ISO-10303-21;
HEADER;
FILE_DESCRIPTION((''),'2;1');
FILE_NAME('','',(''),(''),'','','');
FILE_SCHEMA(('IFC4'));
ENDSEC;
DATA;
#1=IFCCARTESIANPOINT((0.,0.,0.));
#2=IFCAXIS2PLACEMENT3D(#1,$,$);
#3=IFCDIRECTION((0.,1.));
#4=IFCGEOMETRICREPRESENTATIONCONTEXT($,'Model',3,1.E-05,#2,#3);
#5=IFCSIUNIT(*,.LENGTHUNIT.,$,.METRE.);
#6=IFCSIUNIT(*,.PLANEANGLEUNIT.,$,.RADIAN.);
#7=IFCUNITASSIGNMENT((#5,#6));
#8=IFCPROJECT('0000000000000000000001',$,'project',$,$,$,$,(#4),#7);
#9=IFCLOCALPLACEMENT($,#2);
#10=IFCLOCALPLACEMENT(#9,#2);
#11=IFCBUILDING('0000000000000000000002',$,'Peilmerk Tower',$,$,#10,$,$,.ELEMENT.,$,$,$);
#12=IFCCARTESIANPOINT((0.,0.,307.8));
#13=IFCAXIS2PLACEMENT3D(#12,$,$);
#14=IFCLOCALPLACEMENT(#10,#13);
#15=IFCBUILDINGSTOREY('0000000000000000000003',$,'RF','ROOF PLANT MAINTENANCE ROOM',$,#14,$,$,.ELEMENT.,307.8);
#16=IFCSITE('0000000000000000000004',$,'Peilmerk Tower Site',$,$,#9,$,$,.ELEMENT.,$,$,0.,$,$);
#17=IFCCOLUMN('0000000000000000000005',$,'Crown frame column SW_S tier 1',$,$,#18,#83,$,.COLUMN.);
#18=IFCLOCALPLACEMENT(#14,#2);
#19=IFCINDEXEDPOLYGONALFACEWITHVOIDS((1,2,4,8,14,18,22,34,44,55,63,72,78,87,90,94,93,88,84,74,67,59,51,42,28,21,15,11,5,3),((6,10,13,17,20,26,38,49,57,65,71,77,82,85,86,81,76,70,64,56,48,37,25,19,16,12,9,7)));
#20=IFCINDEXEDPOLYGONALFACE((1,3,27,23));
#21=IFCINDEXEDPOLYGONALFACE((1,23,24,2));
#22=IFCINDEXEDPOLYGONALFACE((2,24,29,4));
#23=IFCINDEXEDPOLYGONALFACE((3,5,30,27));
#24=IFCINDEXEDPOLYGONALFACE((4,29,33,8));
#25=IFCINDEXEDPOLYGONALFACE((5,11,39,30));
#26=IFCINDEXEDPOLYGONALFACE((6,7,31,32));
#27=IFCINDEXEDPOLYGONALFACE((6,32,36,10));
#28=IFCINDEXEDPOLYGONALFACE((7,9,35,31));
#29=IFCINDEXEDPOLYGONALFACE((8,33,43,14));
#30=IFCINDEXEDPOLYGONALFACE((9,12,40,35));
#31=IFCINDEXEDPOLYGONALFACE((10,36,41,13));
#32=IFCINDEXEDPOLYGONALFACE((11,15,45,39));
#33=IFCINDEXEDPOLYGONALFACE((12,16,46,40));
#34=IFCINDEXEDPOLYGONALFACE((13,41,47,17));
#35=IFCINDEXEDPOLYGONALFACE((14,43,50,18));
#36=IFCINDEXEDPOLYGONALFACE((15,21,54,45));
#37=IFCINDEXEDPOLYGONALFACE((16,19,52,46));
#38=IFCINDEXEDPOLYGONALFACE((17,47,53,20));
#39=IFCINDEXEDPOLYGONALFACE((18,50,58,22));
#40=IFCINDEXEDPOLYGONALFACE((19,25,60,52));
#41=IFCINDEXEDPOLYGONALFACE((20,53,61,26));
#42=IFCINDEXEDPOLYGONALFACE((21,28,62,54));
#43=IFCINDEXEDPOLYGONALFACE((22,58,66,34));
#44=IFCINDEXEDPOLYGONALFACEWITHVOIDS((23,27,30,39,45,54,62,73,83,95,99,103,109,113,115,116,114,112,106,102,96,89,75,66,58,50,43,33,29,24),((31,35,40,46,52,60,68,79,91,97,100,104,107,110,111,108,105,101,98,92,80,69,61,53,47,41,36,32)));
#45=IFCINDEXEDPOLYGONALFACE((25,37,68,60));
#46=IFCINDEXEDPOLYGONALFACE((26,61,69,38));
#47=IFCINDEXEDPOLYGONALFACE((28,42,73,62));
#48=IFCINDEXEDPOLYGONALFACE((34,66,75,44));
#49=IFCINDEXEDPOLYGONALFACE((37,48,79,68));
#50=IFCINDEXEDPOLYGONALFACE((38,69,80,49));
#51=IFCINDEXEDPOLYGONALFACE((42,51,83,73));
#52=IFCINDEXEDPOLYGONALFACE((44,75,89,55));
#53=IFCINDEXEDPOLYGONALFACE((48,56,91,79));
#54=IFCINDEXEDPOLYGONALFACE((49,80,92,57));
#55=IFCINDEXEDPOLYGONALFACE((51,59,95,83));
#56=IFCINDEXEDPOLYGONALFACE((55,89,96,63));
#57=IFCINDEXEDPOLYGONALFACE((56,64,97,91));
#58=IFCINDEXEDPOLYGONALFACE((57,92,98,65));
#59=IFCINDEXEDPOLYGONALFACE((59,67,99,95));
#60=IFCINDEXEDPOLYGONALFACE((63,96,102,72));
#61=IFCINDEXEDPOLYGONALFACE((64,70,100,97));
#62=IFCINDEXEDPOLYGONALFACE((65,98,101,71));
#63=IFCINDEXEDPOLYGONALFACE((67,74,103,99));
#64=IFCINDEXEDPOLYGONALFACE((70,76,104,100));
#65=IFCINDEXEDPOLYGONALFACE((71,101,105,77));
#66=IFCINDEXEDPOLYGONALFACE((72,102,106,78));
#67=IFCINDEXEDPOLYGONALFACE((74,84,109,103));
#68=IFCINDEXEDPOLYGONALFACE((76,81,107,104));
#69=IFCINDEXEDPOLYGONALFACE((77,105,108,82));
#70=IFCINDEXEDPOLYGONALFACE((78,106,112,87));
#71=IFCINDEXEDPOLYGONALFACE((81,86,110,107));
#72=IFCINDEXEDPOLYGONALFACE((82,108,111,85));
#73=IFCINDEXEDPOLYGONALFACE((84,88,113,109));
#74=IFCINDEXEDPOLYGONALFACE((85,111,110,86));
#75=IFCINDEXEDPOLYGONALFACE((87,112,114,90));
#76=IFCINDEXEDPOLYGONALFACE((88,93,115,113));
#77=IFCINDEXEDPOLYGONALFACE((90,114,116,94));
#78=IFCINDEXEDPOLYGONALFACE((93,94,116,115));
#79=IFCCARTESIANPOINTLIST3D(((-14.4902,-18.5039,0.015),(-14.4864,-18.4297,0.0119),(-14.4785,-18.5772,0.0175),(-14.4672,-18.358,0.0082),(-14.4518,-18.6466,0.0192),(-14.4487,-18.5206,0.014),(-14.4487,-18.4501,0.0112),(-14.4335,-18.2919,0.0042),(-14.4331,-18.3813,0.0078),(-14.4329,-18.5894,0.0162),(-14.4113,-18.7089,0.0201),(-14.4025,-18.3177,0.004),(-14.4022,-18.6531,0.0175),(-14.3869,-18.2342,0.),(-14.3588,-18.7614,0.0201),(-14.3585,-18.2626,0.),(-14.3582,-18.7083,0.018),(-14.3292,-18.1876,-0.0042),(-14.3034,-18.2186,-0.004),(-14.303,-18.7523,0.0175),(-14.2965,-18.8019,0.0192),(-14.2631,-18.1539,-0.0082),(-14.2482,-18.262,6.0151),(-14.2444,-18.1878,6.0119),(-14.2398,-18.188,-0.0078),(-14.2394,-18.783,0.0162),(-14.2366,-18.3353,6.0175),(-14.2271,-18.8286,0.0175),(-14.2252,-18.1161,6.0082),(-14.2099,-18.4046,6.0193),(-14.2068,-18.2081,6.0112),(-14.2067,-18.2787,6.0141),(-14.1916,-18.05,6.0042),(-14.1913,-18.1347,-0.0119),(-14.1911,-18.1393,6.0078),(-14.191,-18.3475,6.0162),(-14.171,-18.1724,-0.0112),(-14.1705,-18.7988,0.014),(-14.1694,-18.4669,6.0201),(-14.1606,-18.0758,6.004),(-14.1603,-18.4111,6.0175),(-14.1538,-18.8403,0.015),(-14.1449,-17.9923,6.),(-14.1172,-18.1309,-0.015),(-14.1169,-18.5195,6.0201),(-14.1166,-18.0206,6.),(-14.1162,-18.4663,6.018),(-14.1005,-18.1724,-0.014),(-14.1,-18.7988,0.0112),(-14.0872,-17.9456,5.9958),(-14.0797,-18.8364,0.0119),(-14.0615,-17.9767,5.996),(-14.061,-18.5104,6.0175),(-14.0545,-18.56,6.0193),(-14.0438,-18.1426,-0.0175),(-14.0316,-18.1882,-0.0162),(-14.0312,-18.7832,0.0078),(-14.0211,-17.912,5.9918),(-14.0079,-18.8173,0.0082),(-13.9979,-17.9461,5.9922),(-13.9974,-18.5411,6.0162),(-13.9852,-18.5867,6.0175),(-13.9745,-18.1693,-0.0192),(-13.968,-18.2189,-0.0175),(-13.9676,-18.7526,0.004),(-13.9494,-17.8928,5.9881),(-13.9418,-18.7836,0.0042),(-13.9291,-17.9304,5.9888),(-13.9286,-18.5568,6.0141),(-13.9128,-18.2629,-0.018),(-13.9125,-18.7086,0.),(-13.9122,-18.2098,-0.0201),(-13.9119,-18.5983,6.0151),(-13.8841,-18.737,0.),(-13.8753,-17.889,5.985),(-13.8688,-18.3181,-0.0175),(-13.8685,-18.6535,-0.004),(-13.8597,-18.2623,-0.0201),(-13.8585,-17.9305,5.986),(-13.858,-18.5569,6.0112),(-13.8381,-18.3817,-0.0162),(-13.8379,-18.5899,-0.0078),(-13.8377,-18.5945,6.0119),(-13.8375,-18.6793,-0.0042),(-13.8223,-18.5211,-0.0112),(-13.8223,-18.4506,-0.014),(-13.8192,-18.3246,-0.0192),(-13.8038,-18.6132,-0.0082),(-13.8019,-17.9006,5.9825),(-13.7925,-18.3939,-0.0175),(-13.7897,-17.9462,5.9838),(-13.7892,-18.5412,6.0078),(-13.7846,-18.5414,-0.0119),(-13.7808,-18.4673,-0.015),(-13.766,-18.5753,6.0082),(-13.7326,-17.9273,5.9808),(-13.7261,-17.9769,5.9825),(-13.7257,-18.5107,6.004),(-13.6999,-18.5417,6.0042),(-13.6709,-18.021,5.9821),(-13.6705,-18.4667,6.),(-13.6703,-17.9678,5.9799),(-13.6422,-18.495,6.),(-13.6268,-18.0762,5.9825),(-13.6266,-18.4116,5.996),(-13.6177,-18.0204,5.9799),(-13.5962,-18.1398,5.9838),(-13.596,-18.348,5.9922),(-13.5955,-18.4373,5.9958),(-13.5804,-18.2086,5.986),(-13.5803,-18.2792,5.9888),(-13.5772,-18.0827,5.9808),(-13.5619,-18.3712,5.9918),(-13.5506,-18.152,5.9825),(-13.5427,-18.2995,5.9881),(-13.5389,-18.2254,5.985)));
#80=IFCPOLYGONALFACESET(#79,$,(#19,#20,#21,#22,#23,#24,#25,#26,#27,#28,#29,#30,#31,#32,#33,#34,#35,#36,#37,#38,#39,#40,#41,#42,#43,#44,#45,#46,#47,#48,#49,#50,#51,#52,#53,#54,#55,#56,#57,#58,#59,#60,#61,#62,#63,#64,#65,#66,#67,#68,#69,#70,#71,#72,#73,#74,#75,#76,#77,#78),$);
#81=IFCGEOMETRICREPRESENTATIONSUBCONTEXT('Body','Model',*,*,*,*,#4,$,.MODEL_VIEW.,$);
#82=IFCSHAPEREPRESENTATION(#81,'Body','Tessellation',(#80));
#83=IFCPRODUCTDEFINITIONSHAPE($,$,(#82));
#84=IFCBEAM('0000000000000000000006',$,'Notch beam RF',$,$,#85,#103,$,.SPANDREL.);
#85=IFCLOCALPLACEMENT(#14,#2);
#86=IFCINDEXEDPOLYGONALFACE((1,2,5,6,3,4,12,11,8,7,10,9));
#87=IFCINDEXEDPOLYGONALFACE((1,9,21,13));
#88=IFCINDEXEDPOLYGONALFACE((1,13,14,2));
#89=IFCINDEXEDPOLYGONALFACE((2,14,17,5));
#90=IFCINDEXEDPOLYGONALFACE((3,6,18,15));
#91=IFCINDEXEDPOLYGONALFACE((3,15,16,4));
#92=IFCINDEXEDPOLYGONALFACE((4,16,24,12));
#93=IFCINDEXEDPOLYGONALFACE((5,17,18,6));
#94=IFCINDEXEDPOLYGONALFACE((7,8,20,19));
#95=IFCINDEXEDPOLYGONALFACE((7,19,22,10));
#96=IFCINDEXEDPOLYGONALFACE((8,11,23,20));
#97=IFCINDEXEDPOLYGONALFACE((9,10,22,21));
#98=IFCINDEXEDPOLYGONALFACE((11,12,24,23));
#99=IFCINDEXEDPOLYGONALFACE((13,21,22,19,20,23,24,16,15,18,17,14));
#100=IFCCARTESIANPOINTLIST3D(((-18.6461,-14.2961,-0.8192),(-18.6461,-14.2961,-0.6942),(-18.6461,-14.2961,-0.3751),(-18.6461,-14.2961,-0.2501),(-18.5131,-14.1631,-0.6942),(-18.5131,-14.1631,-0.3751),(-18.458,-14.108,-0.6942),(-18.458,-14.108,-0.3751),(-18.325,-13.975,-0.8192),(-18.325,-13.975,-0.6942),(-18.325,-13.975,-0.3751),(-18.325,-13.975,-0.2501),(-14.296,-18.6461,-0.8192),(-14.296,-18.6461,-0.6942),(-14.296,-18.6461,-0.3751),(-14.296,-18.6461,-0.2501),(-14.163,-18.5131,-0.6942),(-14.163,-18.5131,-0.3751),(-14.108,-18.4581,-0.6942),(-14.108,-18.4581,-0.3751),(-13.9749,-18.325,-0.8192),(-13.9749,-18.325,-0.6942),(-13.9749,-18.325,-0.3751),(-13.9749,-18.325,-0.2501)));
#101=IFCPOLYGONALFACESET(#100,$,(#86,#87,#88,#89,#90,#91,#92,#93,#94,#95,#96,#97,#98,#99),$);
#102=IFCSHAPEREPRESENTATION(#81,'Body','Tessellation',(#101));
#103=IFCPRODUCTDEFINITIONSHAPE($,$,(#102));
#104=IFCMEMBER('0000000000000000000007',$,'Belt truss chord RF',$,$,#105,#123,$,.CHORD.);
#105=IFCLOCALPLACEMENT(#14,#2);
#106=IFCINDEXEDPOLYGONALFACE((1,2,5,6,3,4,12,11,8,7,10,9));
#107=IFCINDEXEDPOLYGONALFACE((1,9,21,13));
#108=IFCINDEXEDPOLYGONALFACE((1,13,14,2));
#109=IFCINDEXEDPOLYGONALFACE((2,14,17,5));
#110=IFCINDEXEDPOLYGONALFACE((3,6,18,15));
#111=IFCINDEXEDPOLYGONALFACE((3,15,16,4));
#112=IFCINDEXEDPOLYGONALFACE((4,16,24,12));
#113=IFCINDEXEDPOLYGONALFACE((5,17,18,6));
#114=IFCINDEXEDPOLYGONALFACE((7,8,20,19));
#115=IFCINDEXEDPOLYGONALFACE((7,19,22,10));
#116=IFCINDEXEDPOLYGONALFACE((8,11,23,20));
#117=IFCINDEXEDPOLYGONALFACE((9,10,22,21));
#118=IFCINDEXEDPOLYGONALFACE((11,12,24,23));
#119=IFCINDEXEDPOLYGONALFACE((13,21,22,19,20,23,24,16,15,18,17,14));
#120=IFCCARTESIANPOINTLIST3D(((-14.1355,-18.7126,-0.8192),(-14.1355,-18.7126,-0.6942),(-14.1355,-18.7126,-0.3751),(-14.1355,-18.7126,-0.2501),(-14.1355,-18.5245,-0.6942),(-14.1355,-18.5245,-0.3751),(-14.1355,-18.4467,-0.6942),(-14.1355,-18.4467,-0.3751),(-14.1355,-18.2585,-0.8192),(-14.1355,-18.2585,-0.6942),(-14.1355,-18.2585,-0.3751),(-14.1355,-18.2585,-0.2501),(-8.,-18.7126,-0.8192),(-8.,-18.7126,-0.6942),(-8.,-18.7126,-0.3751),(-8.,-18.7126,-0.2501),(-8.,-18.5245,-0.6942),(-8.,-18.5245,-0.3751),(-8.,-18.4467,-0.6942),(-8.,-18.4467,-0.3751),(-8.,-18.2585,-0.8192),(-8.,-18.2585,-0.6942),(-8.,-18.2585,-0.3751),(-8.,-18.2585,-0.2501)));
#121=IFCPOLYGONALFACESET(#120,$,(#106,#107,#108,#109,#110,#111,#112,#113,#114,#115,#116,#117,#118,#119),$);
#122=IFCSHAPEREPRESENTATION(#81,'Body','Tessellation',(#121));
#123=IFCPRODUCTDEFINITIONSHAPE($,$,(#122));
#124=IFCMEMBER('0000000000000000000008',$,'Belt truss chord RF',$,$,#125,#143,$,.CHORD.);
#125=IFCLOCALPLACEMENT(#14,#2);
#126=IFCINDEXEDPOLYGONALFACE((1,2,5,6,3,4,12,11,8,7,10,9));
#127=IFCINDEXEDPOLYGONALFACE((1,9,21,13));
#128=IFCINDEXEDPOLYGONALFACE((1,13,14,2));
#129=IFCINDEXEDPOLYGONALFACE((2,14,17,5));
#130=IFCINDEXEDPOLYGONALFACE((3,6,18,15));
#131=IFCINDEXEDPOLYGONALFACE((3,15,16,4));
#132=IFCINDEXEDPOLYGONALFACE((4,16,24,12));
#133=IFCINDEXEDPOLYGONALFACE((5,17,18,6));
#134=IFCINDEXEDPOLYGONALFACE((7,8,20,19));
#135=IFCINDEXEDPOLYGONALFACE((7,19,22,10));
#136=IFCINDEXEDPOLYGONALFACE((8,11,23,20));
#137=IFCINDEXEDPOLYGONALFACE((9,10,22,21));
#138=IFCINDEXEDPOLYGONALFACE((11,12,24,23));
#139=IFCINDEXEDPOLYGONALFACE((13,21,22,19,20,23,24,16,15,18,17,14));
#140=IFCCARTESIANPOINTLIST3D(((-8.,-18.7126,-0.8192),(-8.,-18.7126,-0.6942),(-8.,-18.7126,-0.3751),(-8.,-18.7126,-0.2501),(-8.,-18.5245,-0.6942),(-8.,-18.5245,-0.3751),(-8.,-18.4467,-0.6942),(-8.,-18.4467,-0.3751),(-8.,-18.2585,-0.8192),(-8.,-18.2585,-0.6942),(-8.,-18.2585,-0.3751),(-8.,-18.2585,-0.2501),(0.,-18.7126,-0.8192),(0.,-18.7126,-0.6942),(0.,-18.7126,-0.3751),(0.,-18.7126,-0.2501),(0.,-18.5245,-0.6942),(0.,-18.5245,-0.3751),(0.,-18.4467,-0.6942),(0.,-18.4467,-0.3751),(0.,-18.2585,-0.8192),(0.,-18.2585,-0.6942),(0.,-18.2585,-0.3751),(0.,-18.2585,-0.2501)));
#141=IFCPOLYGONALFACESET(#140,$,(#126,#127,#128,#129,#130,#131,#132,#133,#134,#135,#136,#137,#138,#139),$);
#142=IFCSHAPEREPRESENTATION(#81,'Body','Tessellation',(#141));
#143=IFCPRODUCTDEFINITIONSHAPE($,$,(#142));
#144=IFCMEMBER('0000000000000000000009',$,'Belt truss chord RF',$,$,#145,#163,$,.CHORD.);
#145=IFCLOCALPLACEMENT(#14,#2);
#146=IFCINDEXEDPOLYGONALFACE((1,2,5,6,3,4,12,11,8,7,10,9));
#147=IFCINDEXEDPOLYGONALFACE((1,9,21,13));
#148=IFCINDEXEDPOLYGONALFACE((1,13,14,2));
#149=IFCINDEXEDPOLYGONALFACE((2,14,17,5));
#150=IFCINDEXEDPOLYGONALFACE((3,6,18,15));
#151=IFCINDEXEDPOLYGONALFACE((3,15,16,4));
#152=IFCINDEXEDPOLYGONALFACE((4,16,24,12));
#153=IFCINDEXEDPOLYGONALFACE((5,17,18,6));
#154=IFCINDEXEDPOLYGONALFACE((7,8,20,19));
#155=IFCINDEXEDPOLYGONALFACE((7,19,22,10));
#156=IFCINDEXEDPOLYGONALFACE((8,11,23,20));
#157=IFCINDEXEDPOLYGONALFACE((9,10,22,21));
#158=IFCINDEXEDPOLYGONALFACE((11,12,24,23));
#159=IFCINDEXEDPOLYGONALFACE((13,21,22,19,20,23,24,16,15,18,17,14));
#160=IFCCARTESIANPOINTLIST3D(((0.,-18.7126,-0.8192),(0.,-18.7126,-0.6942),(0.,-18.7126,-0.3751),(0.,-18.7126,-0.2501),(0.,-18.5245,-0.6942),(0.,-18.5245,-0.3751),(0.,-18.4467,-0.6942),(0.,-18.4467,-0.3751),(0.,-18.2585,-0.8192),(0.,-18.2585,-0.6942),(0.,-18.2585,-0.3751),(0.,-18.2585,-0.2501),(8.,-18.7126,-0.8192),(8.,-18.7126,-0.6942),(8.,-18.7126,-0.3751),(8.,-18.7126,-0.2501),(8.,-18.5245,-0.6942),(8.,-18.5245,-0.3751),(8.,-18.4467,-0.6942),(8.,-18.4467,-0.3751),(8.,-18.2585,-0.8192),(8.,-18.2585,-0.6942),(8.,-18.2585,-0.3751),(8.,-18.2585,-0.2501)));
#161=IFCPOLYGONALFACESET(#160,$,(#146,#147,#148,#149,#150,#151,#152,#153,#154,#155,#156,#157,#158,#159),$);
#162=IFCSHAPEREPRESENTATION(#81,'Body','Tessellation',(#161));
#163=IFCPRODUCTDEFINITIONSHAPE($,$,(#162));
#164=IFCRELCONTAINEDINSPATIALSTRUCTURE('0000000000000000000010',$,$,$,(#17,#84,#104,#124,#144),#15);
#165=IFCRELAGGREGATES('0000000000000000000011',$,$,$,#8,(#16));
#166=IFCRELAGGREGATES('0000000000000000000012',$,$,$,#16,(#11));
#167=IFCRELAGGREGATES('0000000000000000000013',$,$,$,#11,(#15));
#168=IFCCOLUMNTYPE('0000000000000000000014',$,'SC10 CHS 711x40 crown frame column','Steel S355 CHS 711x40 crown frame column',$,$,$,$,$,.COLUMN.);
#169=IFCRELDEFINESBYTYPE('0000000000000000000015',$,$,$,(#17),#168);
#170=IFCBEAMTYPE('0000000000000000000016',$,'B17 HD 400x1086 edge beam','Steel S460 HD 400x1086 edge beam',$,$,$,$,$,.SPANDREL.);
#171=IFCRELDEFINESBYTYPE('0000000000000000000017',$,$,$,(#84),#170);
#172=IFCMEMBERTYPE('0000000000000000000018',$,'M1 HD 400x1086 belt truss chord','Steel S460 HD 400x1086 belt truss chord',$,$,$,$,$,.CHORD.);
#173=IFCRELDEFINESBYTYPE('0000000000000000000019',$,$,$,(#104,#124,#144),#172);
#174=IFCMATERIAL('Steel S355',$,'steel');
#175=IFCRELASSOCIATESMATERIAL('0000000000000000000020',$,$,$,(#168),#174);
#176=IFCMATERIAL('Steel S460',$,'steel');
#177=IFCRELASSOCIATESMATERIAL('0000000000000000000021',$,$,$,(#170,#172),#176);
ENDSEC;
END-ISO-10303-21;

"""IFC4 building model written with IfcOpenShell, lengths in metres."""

from ifc_helpers import new_model, si_unit, direction, frame, origin, origin_2d, place, context, subcontext, project, spatial, hollow_circle, i_section, extrude, material, material_profile, profile_set, type_object, element, save


model = new_model("IFC4")

# Units and contexts
model_context = context("Model", 3, precision=1e-05, world=origin(), true_north=direction((0.0, 1.0)))
body_context = subcontext(model_context, "Body", "Model", "MODEL_VIEW")
ifc_project = project(units=[si_unit("LENGTHUNIT", "METRE"), si_unit("PLANEANGLEUNIT", "RADIAN")], contexts=[model_context])

# Site, building, storey
site_placement = place(None, origin())
site = spatial("IfcSite", under=ifc_project, at=site_placement, Name="Peilmerk Tower Site", CompositionType="ELEMENT", RefElevation=0.0)
building_placement = place(site_placement, origin())
building = spatial("IfcBuilding", under=site, at=building_placement, Name="Peilmerk Tower", CompositionType="ELEMENT")
storey_placement = place(building_placement, frame((0.0, 0.0, 307.8)))
storey = spatial("IfcBuildingStorey", under=building, at=storey_placement, Name="RF", Description="ROOF PLANT MAINTENANCE ROOM", CompositionType="ELEMENT", Elevation=307.8)

# Column
ifc_material_1 = material(Name="Steel S355", Category="steel")
ifc_material_profile_1 = material_profile(ifc_material_1, hollow_circle(Radius=0.3555, WallThickness=0.04, at=origin_2d()), Name="CHS 711x40")
ifc_profile_set_1 = profile_set([ifc_material_profile_1], Name="Steel S355")
column_type = type_object("IfcColumnType", Name="SC10 CHS 711x40 crown frame column", Description="Steel S355 CHS 711x40 crown frame column", PredefinedType="COLUMN", material=ifc_profile_set_1)
column_placement = place(storey_placement, frame((-14.1355, -18.4856, 0.0), z_axis=(0.040258, 0.040258, 0.998378), x_axis=(-0.707107, 0.707107, 0.0)))
element("IfcColumn", 1, at=column_placement, inside=storey, type_object=column_type, Name="Crown frame column SW_S tier 1", PredefinedType="COLUMN", context=body_context, shape_type="SweptSolid", body=[
    extrude(hollow_circle(Radius=0.3555, WallThickness=0.04, at=origin_2d()), origin(), (0.0, 0.0, 1.0), 6.0098),
])

# Beam
ifc_material_2 = material(Name="Steel S460", Category="steel")
ifc_material_profile_2 = material_profile(ifc_material_2, i_section(OverallWidth=0.4541, OverallDepth=0.5691, WebThickness=0.0779, FlangeThickness=0.125, at=origin_2d()), Name="HD 400x1086")
ifc_profile_set_2 = profile_set([ifc_material_profile_2], Name="Steel S460")
beam_type = type_object("IfcBeamType", Name="B17 HD 400x1086 edge beam", Description="Steel S460 HD 400x1086 edge beam", PredefinedType="SPANDREL", material=ifc_profile_set_2)
beam_placement = place(storey_placement, frame((-14.1355, -18.4856, -0.5347), z_axis=(-0.707107, 0.707107, 0.0), x_axis=(-0.707107, -0.707107, 0.0)))
element("IfcBeam", 2, at=beam_placement, inside=storey, type_object=beam_type, Name="Notch beam RF", PredefinedType="SPANDREL", context=body_context, shape_type="SweptSolid", body=[
    extrude(i_section(OverallWidth=0.4541, OverallDepth=0.5691, WebThickness=0.0779, FlangeThickness=0.125, at=origin_2d()), origin(), (0.0, 0.0, 1.0), 6.1519),
])

# Members
ifc_material_profile_3 = material_profile(ifc_material_2, i_section(OverallWidth=0.4541, OverallDepth=0.5691, WebThickness=0.0779, FlangeThickness=0.125, at=origin_2d()), Name="HD 400x1086")
ifc_profile_set_3 = profile_set([ifc_material_profile_3], Name="Steel S460")
member_type_1 = type_object("IfcMemberType", Name="M1 HD 400x1086 belt truss chord", Description="Steel S460 HD 400x1086 belt truss chord", PredefinedType="CHORD", material=ifc_profile_set_3)
member_1_placement = place(storey_placement, frame((-14.1355, -18.4856, -0.5347), z_axis=(1.0, 0.0, 0.0), x_axis=(0.0, 1.0, 0.0)))
element("IfcMember", 3, at=member_1_placement, inside=storey, type_object=member_type_1, Name="Belt truss chord RF", PredefinedType="CHORD", context=body_context, shape_type="SweptSolid", body=[
    extrude(i_section(OverallWidth=0.4541, OverallDepth=0.5691, WebThickness=0.0779, FlangeThickness=0.125, at=origin_2d()), origin(), (0.0, 0.0, 1.0), 6.1355),
])
for number, where, z_axis, x_axis, name in (
    (4, (-8.0, -18.4856, -0.5347), (1.0, 0.0, 0.0), (0.0, 1.0, 0.0), "Belt truss chord RF"),
    (5, (0.0, -18.4856, -0.5347), (1.0, 0.0, 0.0), (0.0, 1.0, 0.0), "Belt truss chord RF"),
):
    element("IfcMember", number, at=place(storey_placement, frame(where, z_axis=z_axis, x_axis=x_axis)), inside=storey, type_object=member_type_1, Name=name, PredefinedType="CHORD", context=body_context, shape_type="SweptSolid", body=[
        extrude(i_section(OverallWidth=0.4541, OverallDepth=0.5691, WebThickness=0.0779, FlangeThickness=0.125, at=origin_2d()), origin(), (0.0, 0.0, 1.0), 8.0),
    ])

save(model, "model.ifc")
